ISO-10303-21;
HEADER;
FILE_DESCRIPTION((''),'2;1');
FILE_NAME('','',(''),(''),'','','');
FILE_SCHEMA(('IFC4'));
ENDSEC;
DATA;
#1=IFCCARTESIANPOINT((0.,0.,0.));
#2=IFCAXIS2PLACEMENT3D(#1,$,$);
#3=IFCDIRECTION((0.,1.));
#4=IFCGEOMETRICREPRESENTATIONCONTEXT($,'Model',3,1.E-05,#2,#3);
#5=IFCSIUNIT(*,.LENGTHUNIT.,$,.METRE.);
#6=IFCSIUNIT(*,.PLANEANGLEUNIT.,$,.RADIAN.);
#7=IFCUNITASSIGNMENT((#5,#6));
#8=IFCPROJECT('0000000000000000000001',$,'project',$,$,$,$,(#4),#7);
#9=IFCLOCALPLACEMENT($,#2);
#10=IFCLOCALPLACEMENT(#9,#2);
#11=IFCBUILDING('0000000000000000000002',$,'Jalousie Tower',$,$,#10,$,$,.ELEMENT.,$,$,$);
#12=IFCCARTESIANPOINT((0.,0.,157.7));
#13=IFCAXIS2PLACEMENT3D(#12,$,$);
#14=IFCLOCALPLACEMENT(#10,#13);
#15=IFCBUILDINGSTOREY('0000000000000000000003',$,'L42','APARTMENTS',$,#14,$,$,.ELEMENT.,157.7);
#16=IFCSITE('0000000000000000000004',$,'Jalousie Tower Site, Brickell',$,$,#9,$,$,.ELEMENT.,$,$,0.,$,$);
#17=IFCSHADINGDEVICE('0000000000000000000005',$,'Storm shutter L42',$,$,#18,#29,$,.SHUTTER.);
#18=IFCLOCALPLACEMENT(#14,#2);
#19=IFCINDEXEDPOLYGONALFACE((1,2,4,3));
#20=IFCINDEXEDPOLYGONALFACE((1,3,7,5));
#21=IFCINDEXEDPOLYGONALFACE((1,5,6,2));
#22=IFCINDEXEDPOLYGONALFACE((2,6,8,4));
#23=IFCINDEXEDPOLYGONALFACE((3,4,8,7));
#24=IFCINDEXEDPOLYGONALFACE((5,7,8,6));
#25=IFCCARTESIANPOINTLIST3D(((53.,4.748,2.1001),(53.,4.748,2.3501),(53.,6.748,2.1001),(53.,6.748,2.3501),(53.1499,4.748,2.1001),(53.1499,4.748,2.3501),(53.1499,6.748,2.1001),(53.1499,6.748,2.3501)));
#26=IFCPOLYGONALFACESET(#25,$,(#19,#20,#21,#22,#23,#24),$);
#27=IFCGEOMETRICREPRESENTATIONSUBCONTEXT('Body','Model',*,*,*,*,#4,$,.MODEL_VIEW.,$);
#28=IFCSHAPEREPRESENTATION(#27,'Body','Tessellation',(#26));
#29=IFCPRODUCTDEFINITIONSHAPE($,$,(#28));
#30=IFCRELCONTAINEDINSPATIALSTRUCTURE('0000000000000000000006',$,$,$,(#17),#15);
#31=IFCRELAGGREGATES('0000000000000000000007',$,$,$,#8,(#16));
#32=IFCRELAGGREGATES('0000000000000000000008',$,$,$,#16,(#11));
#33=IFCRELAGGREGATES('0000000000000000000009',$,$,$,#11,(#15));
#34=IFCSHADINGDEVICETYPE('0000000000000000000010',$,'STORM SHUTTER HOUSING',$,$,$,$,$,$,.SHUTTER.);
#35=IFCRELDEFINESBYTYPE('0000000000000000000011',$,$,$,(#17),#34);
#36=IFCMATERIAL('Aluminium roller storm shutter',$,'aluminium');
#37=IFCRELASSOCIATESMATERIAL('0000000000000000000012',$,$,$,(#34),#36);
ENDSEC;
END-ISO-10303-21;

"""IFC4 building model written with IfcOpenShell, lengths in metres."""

from ifc_helpers import new_model, si_unit, direction, frame, origin, origin_2d, place, context, subcontext, project, spatial, rectangle, extrude, material, type_object, element, save


model = new_model("IFC4")

# Units and contexts
model_context = context("Model", 3, precision=1e-05, world=origin(), true_north=direction((0.0, 1.0)))
body_context = subcontext(model_context, "Body", "Model", "MODEL_VIEW")
ifc_project = project(units=[si_unit("LENGTHUNIT", "METRE"), si_unit("PLANEANGLEUNIT", "RADIAN")], contexts=[model_context])

# Site, building, storey
site_placement = place(None, origin())
site = spatial("IfcSite", under=ifc_project, at=site_placement, Name="Jalousie Tower Site, Brickell", CompositionType="ELEMENT", RefElevation=0.0)
building_placement = place(site_placement, origin())
building = spatial("IfcBuilding", under=site, at=building_placement, Name="Jalousie Tower", CompositionType="ELEMENT")
storey_placement = place(building_placement, frame((0.0, 0.0, 157.7)))
storey = spatial("IfcBuildingStorey", under=building, at=storey_placement, Name="L42", Description="APARTMENTS", CompositionType="ELEMENT", Elevation=157.7)

# Shading device
ifc_material_1 = material(Name="Aluminium roller storm shutter", Category="aluminium")
shading_device_type = type_object("IfcShadingDeviceType", Name="STORM SHUTTER HOUSING", PredefinedType="SHUTTER", material=ifc_material_1)
shading_device_placement = place(storey_placement, frame((53.075, 5.748, 2.1001), z_axis=(0.0, 0.0, 1.0), x_axis=(0.0, 1.0, 0.0)))
element("IfcShadingDevice", 1, at=shading_device_placement, inside=storey, type_object=shading_device_type, Name="Storm shutter L42", PredefinedType="SHUTTER", context=body_context, shape_type="SweptSolid", body=[
    extrude(rectangle(XDim=2.0, YDim=0.1499, at=origin_2d()), origin(), (0.0, 0.0, 1.0), 0.25),
])

save(model, "model.ifc")
